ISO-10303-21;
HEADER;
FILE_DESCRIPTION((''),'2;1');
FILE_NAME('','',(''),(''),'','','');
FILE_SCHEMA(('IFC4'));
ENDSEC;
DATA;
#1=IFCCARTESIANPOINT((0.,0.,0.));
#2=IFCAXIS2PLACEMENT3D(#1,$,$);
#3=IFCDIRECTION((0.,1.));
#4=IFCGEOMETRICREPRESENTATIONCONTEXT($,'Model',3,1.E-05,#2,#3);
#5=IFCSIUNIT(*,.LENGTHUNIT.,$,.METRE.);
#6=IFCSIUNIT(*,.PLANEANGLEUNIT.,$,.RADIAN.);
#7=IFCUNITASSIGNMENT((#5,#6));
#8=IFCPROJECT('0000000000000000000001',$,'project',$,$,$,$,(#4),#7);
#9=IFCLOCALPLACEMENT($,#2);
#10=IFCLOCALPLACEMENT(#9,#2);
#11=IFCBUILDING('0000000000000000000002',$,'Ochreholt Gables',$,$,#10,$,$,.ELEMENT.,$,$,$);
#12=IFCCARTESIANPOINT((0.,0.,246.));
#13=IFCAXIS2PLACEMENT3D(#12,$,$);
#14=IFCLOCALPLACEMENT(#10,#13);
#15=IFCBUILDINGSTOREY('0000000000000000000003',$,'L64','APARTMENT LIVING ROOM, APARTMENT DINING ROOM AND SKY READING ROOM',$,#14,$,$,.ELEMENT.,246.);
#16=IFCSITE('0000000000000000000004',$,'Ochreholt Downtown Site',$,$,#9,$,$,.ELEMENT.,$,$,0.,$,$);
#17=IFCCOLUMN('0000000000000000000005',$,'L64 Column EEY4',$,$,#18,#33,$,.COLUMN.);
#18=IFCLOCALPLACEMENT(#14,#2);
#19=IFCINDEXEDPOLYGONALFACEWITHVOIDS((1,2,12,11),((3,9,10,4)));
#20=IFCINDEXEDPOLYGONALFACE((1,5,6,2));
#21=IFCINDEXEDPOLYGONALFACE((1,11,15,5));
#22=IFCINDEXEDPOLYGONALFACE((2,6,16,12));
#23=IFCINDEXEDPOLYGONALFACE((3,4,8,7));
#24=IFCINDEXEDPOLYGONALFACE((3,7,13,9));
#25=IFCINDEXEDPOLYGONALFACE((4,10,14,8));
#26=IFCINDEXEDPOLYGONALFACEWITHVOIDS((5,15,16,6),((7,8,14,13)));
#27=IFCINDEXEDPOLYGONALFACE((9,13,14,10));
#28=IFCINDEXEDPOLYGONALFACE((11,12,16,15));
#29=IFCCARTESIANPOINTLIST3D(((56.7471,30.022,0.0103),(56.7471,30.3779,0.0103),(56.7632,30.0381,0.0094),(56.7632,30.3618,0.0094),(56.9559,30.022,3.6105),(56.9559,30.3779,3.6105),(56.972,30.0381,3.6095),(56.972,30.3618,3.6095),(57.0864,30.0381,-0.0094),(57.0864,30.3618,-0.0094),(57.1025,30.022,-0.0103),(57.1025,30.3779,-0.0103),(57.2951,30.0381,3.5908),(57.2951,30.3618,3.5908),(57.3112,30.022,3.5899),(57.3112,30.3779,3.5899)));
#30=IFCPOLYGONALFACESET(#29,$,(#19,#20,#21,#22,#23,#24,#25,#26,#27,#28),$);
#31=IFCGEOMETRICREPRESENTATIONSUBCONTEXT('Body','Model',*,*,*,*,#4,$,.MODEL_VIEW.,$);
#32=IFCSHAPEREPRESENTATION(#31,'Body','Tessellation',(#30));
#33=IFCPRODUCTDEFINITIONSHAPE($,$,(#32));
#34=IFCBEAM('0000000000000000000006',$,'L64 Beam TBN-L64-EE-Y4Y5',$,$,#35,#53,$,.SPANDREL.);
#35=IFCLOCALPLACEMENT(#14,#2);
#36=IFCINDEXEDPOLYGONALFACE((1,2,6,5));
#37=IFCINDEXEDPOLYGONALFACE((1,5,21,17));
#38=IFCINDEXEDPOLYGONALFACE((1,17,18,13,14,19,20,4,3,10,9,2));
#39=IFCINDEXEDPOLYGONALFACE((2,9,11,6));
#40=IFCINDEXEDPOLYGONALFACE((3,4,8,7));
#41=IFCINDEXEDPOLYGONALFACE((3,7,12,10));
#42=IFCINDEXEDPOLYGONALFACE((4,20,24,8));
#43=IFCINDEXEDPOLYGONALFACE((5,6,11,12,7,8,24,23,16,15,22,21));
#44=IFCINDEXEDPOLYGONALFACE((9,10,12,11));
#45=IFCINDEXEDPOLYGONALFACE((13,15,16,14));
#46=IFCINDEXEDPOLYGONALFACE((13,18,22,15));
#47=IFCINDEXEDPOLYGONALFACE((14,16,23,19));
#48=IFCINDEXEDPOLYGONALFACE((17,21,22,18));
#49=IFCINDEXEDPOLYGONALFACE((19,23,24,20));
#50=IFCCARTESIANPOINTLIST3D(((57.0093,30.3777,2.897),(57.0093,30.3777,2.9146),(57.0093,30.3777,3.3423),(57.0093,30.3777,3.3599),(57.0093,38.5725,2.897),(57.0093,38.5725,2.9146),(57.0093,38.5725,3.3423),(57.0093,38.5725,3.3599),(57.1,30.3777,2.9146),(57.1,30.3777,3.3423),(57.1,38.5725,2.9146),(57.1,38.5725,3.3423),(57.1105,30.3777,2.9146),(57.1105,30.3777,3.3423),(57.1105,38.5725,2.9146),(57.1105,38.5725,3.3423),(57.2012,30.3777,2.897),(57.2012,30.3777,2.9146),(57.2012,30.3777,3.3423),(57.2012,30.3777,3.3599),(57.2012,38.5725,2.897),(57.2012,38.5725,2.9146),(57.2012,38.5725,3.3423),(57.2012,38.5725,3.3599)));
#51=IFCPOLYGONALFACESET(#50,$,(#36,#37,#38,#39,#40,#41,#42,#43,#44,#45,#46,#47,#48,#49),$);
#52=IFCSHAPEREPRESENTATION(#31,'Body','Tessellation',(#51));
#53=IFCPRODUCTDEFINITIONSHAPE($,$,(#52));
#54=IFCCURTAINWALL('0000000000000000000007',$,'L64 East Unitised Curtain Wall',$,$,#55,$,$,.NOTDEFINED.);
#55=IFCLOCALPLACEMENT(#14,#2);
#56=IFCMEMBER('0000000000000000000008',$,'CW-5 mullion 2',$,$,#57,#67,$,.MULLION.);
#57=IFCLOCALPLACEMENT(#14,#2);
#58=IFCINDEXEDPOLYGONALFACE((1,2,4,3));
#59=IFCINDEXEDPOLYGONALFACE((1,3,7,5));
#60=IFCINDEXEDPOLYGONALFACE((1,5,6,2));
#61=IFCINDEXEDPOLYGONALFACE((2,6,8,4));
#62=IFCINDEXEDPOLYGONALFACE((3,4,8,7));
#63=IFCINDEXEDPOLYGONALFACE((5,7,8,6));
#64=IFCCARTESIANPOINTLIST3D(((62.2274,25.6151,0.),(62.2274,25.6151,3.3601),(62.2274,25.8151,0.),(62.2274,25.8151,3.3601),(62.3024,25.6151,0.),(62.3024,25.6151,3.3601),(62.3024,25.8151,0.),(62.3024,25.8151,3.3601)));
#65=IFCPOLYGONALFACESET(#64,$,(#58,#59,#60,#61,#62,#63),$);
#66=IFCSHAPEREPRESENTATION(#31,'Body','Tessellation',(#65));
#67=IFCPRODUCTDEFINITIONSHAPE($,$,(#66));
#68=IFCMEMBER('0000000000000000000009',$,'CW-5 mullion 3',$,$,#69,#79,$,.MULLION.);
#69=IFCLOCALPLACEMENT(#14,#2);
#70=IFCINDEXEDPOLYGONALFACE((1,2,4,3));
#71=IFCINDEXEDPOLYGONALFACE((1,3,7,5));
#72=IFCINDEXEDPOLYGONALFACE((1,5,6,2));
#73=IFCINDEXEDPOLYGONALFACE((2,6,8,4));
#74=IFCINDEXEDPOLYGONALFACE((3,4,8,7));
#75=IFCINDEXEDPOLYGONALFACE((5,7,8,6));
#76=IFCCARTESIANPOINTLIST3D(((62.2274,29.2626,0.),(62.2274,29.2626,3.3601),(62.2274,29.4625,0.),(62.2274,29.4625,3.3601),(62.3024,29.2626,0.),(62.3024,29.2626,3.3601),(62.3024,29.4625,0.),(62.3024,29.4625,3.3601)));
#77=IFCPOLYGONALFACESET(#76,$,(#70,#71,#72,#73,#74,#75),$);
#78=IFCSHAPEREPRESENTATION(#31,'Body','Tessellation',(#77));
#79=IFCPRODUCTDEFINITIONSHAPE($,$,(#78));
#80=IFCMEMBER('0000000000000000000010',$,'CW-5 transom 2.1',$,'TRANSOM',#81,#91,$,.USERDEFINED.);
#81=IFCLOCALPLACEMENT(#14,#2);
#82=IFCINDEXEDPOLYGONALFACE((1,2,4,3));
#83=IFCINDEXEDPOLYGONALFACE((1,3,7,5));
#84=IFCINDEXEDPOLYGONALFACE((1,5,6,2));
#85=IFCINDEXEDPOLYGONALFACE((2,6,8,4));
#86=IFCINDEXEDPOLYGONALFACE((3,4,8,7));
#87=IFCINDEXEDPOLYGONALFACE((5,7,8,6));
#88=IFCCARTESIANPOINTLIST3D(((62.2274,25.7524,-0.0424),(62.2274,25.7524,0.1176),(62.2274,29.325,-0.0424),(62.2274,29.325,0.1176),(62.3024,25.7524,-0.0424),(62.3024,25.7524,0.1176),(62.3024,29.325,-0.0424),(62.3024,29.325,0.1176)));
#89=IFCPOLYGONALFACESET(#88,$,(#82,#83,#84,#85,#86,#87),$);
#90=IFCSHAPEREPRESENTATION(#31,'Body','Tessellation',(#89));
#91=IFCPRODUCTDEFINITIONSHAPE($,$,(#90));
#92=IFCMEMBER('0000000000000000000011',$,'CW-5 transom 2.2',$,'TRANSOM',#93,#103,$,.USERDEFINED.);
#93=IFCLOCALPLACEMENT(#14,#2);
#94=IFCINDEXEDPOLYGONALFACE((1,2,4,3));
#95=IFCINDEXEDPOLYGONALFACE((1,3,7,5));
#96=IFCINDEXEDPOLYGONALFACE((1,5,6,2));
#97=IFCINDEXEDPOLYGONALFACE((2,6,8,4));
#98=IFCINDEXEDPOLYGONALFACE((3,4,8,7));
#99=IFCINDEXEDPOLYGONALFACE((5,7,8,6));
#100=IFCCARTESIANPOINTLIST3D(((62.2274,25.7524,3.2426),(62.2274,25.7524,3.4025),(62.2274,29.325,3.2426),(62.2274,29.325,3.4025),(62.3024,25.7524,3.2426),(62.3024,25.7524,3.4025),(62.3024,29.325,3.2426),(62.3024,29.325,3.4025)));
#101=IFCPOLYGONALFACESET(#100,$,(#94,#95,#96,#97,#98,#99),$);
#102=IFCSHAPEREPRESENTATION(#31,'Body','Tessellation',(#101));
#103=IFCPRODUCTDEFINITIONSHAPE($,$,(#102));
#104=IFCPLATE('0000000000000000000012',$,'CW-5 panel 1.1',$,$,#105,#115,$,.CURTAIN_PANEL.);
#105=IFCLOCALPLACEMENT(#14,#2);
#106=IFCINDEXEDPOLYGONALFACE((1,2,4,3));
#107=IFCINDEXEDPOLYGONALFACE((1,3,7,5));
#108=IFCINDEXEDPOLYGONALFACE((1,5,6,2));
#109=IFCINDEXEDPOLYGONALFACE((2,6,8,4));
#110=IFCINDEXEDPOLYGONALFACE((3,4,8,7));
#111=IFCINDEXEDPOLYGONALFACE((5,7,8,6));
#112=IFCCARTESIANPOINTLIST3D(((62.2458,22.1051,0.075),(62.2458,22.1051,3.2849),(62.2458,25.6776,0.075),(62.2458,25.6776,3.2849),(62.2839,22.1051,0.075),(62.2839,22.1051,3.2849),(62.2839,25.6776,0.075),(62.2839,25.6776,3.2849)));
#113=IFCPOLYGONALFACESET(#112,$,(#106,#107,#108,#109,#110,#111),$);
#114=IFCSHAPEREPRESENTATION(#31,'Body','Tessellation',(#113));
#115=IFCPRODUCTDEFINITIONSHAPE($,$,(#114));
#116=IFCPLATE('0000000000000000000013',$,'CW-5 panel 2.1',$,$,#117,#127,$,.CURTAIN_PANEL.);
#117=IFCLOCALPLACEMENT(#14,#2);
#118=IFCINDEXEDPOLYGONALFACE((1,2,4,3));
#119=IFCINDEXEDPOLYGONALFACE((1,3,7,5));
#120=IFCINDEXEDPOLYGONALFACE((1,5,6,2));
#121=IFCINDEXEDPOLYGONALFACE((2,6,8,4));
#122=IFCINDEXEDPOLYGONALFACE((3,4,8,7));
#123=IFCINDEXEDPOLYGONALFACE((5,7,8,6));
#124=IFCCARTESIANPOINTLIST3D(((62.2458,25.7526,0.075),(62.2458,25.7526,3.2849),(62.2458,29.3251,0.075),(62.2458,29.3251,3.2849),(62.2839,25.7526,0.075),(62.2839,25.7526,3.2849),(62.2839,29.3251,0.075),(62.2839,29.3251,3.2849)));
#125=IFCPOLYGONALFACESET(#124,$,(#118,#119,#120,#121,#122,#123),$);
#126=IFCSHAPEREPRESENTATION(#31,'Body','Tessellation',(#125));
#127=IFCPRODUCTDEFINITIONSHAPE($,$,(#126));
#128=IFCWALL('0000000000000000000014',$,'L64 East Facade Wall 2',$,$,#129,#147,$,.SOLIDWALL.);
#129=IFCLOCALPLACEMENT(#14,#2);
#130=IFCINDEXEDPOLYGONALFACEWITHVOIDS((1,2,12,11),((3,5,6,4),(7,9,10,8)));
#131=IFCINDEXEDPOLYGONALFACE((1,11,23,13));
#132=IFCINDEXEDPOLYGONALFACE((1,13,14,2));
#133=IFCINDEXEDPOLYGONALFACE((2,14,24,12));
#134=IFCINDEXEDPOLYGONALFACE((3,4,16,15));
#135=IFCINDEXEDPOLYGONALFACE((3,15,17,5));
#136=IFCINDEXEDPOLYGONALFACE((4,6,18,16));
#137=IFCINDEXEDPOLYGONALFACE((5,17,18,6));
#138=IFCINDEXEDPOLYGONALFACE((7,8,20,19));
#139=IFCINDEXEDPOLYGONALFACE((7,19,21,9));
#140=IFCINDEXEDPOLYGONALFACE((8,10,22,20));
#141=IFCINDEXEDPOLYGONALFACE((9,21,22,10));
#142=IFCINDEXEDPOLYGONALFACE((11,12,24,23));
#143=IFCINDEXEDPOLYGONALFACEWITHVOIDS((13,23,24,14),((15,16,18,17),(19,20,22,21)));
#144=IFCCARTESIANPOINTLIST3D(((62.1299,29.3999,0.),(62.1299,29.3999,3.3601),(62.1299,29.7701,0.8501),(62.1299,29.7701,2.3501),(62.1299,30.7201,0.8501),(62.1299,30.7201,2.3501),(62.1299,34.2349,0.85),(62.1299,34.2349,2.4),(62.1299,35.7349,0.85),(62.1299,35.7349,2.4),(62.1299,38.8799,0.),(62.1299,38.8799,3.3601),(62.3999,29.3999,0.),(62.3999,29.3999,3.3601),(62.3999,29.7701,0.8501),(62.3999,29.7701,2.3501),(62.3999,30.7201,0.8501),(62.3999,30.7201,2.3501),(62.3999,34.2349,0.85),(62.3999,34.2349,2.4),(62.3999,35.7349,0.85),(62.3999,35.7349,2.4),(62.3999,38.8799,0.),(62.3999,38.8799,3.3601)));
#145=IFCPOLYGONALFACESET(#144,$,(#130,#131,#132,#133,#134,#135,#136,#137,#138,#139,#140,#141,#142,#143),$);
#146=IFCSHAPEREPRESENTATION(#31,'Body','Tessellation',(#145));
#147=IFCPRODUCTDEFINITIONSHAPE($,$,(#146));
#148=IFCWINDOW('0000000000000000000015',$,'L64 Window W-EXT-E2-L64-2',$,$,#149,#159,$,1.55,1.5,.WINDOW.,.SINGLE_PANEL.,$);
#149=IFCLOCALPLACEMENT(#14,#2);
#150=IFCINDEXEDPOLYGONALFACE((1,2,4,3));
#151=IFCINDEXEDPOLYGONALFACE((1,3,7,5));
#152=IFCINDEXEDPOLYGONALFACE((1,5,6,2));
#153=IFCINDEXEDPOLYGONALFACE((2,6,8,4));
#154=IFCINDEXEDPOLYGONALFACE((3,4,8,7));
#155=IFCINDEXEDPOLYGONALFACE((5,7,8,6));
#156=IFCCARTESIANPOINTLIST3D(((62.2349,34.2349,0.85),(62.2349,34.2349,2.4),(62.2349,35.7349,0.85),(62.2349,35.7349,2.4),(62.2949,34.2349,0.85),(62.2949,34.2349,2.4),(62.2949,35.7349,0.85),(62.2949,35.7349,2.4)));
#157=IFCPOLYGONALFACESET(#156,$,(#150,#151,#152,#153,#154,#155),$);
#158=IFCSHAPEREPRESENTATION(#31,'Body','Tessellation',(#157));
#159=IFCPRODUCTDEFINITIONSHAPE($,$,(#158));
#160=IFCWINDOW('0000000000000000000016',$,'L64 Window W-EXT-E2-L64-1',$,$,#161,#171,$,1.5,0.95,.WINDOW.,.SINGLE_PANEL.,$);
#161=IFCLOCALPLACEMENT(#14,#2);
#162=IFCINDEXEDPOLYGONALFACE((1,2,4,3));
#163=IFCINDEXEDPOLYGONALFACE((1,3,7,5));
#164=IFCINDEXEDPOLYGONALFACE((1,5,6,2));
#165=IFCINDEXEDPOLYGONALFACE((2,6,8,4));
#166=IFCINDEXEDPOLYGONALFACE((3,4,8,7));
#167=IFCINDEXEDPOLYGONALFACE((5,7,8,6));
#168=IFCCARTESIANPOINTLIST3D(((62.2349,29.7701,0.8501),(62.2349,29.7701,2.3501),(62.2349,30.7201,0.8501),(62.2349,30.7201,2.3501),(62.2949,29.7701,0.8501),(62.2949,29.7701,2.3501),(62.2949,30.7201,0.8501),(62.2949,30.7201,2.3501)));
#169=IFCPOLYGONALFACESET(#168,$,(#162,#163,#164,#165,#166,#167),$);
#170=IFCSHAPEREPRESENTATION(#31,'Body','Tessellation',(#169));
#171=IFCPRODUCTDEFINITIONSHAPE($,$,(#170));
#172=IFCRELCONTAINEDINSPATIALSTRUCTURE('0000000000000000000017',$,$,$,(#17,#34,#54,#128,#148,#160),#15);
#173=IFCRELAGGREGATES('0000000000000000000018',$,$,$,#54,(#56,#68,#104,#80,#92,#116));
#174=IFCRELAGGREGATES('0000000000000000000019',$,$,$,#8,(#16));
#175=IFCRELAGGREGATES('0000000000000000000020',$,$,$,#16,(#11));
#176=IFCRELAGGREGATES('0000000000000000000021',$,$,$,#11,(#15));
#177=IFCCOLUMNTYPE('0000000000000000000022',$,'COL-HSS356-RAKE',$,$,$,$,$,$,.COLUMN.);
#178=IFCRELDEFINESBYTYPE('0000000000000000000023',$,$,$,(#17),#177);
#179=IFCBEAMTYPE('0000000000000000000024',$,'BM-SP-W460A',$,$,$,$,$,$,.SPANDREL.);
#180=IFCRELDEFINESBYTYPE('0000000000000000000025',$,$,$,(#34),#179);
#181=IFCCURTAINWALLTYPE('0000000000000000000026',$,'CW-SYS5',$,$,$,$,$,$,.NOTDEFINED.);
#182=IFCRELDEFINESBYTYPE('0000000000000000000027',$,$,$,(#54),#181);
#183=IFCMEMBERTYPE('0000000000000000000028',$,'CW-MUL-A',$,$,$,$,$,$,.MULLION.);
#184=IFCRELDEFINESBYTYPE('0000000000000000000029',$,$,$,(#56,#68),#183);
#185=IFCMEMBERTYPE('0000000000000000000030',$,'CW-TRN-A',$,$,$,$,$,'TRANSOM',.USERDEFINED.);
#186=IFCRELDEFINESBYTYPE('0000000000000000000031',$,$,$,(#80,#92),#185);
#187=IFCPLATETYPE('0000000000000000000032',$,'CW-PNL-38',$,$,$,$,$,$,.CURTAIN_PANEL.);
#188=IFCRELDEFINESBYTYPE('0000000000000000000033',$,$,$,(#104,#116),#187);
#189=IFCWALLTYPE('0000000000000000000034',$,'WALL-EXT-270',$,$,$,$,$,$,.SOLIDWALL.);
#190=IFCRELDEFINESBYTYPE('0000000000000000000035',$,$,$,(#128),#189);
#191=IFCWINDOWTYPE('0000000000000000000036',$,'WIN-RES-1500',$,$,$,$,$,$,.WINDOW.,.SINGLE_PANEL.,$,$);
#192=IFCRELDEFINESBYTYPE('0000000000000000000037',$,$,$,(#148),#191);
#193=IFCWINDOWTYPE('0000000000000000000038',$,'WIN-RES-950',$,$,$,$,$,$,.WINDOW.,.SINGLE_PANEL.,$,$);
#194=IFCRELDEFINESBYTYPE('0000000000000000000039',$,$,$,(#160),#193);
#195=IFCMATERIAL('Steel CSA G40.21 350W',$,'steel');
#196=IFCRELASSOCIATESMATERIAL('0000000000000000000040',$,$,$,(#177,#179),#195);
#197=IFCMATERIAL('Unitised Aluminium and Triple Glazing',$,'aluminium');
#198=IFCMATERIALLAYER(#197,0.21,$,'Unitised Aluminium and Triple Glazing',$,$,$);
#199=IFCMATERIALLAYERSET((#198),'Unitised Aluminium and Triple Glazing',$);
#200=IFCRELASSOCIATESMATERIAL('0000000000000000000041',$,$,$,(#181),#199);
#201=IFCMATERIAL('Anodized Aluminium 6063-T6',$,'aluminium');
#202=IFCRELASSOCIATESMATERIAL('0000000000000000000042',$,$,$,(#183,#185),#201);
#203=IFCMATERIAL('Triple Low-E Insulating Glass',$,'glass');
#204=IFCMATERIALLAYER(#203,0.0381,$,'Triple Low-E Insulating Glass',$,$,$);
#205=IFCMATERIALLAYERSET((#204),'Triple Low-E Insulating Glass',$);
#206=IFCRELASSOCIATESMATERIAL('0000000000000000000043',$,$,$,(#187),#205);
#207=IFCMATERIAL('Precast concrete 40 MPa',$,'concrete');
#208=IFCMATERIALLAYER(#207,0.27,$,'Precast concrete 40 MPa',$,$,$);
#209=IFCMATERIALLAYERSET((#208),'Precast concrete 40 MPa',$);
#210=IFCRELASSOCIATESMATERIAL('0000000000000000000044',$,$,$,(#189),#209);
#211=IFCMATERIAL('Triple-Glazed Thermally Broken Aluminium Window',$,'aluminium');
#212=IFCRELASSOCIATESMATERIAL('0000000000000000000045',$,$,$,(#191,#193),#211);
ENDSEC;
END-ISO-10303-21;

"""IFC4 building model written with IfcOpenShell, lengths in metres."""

from ifc_helpers import new_model, si_unit, direction, frame, frame_2d, origin, origin_2d, place, context, subcontext, project, spatial, rectangle, hollow_rectangle, i_section, extrude, material, layer, layer_set, material_profile, profile_set, type_object, element, fill, aggregate, save


model = new_model("IFC4")

# Units and contexts
model_context = context("Model", 3, precision=1e-05, world=origin(), true_north=direction((0.0, 1.0)))
body_context = subcontext(model_context, "Body", "Model", "MODEL_VIEW")
ifc_project = project(units=[si_unit("LENGTHUNIT", "METRE"), si_unit("PLANEANGLEUNIT", "RADIAN")], contexts=[model_context])

# Site, building, storey
site_placement = place(None, origin())
site = spatial("IfcSite", under=ifc_project, at=site_placement, Name="Ochreholt Downtown Site", CompositionType="ELEMENT", RefElevation=0.0)
building_placement = place(site_placement, origin())
building = spatial("IfcBuilding", under=site, at=building_placement, Name="Ochreholt Gables", CompositionType="ELEMENT")
storey_placement = place(building_placement, frame((0.0, 0.0, 246.0)))
storey = spatial("IfcBuildingStorey", under=building, at=storey_placement, Name="L64", Description="APARTMENT LIVING ROOM, APARTMENT DINING ROOM AND SKY READING ROOM", CompositionType="ELEMENT", Elevation=246.0)

# Column
ifc_material_1 = material(Name="Steel CSA G40.21 350W", Category="steel")
ifc_material_profile_1 = material_profile(ifc_material_1, hollow_rectangle(XDim=0.356, YDim=0.356, WallThickness=0.0161, at=origin_2d()), Name="HSS356X356X16")
ifc_profile_set_1 = profile_set([ifc_material_profile_1], Name="Steel CSA G40.21 350W")
column_type = type_object("IfcColumnType", Name="COL-HSS356-RAKE", PredefinedType="COLUMN", material=ifc_profile_set_1)
column_placement = place(storey_placement, frame((56.9248, 30.2, 0.0), z_axis=(0.057885, 0.0, 0.998323), x_axis=(0.0, 1.0, 0.0)))
element("IfcColumn", 1, at=column_placement, inside=storey, type_object=column_type, Name="L64 Column EEY4", PredefinedType="COLUMN", context=body_context, shape_type="SweptSolid", body=[
    extrude(hollow_rectangle(XDim=0.356, YDim=0.356, WallThickness=0.0161, at=origin_2d()), origin(), (0.0, 0.0, 1.0), 3.6062),
])

# Beam
ifc_material_profile_2 = material_profile(ifc_material_1, i_section(OverallWidth=0.1919, OverallDepth=0.4629, WebThickness=0.0105, FlangeThickness=0.0176, at=origin_2d()), Name="W460X89")
ifc_profile_set_2 = profile_set([ifc_material_profile_2], Name="Steel CSA G40.21 350W")
beam_type = type_object("IfcBeamType", Name="BM-SP-W460A", PredefinedType="SPANDREL", material=ifc_profile_set_2)
beam_placement = place(storey_placement, frame((57.1052, 30.3777, 3.1284), z_axis=(0.0, 1.0, 0.0), x_axis=(-1.0, 0.0, 0.0)))
element("IfcBeam", 2, at=beam_placement, inside=storey, type_object=beam_type, Name="L64 Beam TBN-L64-EE-Y4Y5", PredefinedType="SPANDREL", context=body_context, shape_type="SweptSolid", body=[
    extrude(i_section(OverallWidth=0.1919, OverallDepth=0.4629, WebThickness=0.0105, FlangeThickness=0.0176, at=origin_2d()), origin(), (0.0, 0.0, 1.0), 8.1948),
])

# Curtain wall, members, plates
ifc_material_2 = material(Name="Unitised Aluminium and Triple Glazing", Category="aluminium")
ifc_layer_1 = layer(ifc_material_2, 0.21, Name="Unitised Aluminium and Triple Glazing")
ifc_layer_set_1 = layer_set([ifc_layer_1], Name="Unitised Aluminium and Triple Glazing")
curtain_wall_type = type_object("IfcCurtainWallType", Name="CW-SYS5", PredefinedType="NOTDEFINED", material=ifc_layer_set_1)
curtain_wall_placement = place(storey_placement, origin())
curtain_wall = element("IfcCurtainWall", 3, at=curtain_wall_placement, inside=storey, type_object=curtain_wall_type, Name="L64 East Unitised Curtain Wall", PredefinedType="NOTDEFINED")
ifc_material_3 = material(Name="Anodized Aluminium 6063-T6", Category="aluminium")
ifc_material_profile_3 = material_profile(ifc_material_3, rectangle(XDim=0.075, YDim=0.2, at=origin_2d()), Name="CWM75X200")
ifc_profile_set_3 = profile_set([ifc_material_profile_3], Name="Anodized Aluminium 6063-T6")
member_type_1 = type_object("IfcMemberType", Name="CW-MUL-A", PredefinedType="MULLION", material=ifc_profile_set_3)
member_1_placement = place(storey_placement, frame((62.2649, 25.7151, 0.0), z_axis=(0.0, 0.0, 1.0), x_axis=(-1.0, 0.0, 0.0)))
member_1 = element("IfcMember", 4, at=member_1_placement, type_object=member_type_1, Name="CW-5 mullion 2", PredefinedType="MULLION", context=body_context, shape_type="SweptSolid", body=[
    extrude(rectangle(XDim=0.075, YDim=0.2, at=origin_2d()), origin(), (0.0, 0.0, 1.0), 3.3601),
])
member_2_placement = place(storey_placement, frame((62.2649, 29.3625, 0.0), z_axis=(0.0, 0.0, 1.0), x_axis=(-1.0, 0.0, 0.0)))
member_2 = element("IfcMember", 5, at=member_2_placement, type_object=member_type_1, Name="CW-5 mullion 3", PredefinedType="MULLION", context=body_context, shape_type="SweptSolid", body=[
    extrude(rectangle(XDim=0.075, YDim=0.2, at=origin_2d()), origin(), (0.0, 0.0, 1.0), 3.3601),
])
ifc_material_profile_4 = material_profile(ifc_material_3, rectangle(XDim=0.075, YDim=0.1599, at=origin_2d()), Name="CWT75X160")
ifc_profile_set_4 = profile_set([ifc_material_profile_4], Name="Anodized Aluminium 6063-T6")
member_type_2 = type_object("IfcMemberType", Name="CW-TRN-A", ElementType="TRANSOM", PredefinedType="USERDEFINED", material=ifc_profile_set_4)
member_3_placement = place(storey_placement, frame((62.2649, 25.7524, 0.0376), z_axis=(0.0, 1.0, 0.0), x_axis=(-1.0, 0.0, 0.0)))
member_3 = element("IfcMember", 6, at=member_3_placement, type_object=member_type_2, Name="CW-5 transom 2.1", ObjectType="TRANSOM", PredefinedType="USERDEFINED", context=body_context, shape_type="SweptSolid", body=[
    extrude(rectangle(XDim=0.075, YDim=0.1599, at=origin_2d()), origin(), (0.0, 0.0, 1.0), 3.5725),
])
member_4_placement = place(storey_placement, frame((62.2649, 25.7524, 3.3225), z_axis=(0.0, 1.0, 0.0), x_axis=(-1.0, 0.0, 0.0)))
member_4 = element("IfcMember", 7, at=member_4_placement, type_object=member_type_2, Name="CW-5 transom 2.2", ObjectType="TRANSOM", PredefinedType="USERDEFINED", context=body_context, shape_type="SweptSolid", body=[
    extrude(rectangle(XDim=0.075, YDim=0.1599, at=origin_2d()), origin(), (0.0, 0.0, 1.0), 3.5725),
])
ifc_material_4 = material(Name="Triple Low-E Insulating Glass", Category="glass")
ifc_layer_2 = layer(ifc_material_4, 0.0381, Name="Triple Low-E Insulating Glass")
ifc_layer_set_2 = layer_set([ifc_layer_2], Name="Triple Low-E Insulating Glass")
plate_type = type_object("IfcPlateType", Name="CW-PNL-38", PredefinedType="CURTAIN_PANEL", material=ifc_layer_set_2)
plate_1_placement = place(storey_placement, frame((62.2649, 23.8914, 0.075), z_axis=(0.0, 0.0, 1.0), x_axis=(0.0, 1.0, 0.0)))
plate_1 = element("IfcPlate", 8, at=plate_1_placement, type_object=plate_type, Name="CW-5 panel 1.1", PredefinedType="CURTAIN_PANEL", context=body_context, shape_type="SweptSolid", body=[
    extrude(rectangle(XDim=3.5725, YDim=0.0381, at=origin_2d()), origin(), (0.0, 0.0, 1.0), 3.21),
])
plate_2_placement = place(storey_placement, frame((62.2649, 27.5388, 0.075), z_axis=(0.0, 0.0, 1.0), x_axis=(0.0, 1.0, 0.0)))
plate_2 = element("IfcPlate", 9, at=plate_2_placement, type_object=plate_type, Name="CW-5 panel 2.1", PredefinedType="CURTAIN_PANEL", context=body_context, shape_type="SweptSolid", body=[
    extrude(rectangle(XDim=3.5725, YDim=0.0381, at=origin_2d()), origin(), (0.0, 0.0, 1.0), 3.21),
])
aggregate(curtain_wall, [member_1, member_2, plate_1, member_3, member_4, plate_2])

# Wall, openings, windows
ifc_material_5 = material(Name="Precast concrete 40 MPa", Category="concrete")
ifc_layer_3 = layer(ifc_material_5, 0.27, Name="Precast concrete 40 MPa")
ifc_layer_set_3 = layer_set([ifc_layer_3], Name="Precast concrete 40 MPa")
wall_type_1 = type_object("IfcWallType", Name="WALL-EXT-270", PredefinedType="SOLIDWALL", material=ifc_layer_set_3)
wall_1_placement = place(storey_placement, frame((62.2649, 29.3999, 0.0), z_axis=(0.0, 0.0, 1.0), x_axis=(0.0, 1.0, 0.0)))
wall_1 = element("IfcWall", 10, at=wall_1_placement, inside=storey, type_object=wall_type_1, Name="L64 East Facade Wall 2", PredefinedType="SOLIDWALL", context=body_context, shape_type="SweptSolid", body=[
    extrude(rectangle(XDim=9.48, YDim=0.27, at=frame_2d((4.74, 0.0))), origin(), (0.0, 0.0, 1.0), 3.3601),
])
opening_1_placement = place(wall_1_placement, frame((0.3701, 0.0, 0.8501)))
opening_1 = element("IfcOpeningElement", 11, at=opening_1_placement, cuts=wall_1, PredefinedType="OPENING", context=body_context, shape_type="SweptSolid", body=[
    extrude(rectangle(XDim=0.95, YDim=1.5, at=frame_2d((0.4751, 0.75))), frame((0.0, 0.145, 0.0), z_axis=(0.0, -1.0, 0.0), x_axis=(1.0, 0.0, 0.0)), (0.0, 0.0, 1.0), 0.29),
])
opening_2_placement = place(wall_1_placement, frame((4.835, 0.0, 0.8501)))
opening_2 = element("IfcOpeningElement", 12, at=opening_2_placement, cuts=wall_1, PredefinedType="OPENING", context=body_context, shape_type="SweptSolid", body=[
    extrude(rectangle(XDim=1.5, YDim=1.55, at=frame_2d((0.75, 0.7749))), frame((0.0, 0.145, 0.0), z_axis=(0.0, -1.0, 0.0), x_axis=(1.0, 0.0, 0.0)), (0.0, 0.0, 1.0), 0.29),
])
ifc_material_6 = material(Name="Triple-Glazed Thermally Broken Aluminium Window", Category="aluminium")
window_type_1 = type_object("IfcWindowType", Name="WIN-RES-1500", PartitioningType="SINGLE_PANEL", PredefinedType="WINDOW", material=ifc_material_6)
window_1_placement = place(opening_2_placement, origin())
window_1 = element("IfcWindow", 13, at=window_1_placement, inside=storey, type_object=window_type_1, Name="L64 Window W-EXT-E2-L64-2", OverallHeight=1.55, OverallWidth=1.5, PartitioningType="SINGLE_PANEL", PredefinedType="WINDOW", context=body_context, shape_type="SweptSolid", body=[
    extrude(rectangle(XDim=1.5, YDim=1.55, at=frame_2d((0.75, 0.7749))), frame((0.0, 0.03, 0.0), z_axis=(0.0, -1.0, 0.0), x_axis=(1.0, 0.0, 0.0)), (0.0, 0.0, 1.0), 0.0601),
])
fill(opening_2, window_1)
window_type_2 = type_object("IfcWindowType", Name="WIN-RES-950", PartitioningType="SINGLE_PANEL", PredefinedType="WINDOW", material=ifc_material_6)
window_2_placement = place(opening_1_placement, origin())
window_2 = element("IfcWindow", 14, at=window_2_placement, inside=storey, type_object=window_type_2, Name="L64 Window W-EXT-E2-L64-1", OverallHeight=1.5, OverallWidth=0.95, PartitioningType="SINGLE_PANEL", PredefinedType="WINDOW", context=body_context, shape_type="SweptSolid", body=[
    extrude(rectangle(XDim=0.95, YDim=1.5, at=frame_2d((0.4751, 0.75))), frame((0.0, 0.03, 0.0), z_axis=(0.0, -1.0, 0.0), x_axis=(1.0, 0.0, 0.0)), (0.0, 0.0, 1.0), 0.0601),
])
fill(opening_1, window_2)

save(model, "model.ifc")
